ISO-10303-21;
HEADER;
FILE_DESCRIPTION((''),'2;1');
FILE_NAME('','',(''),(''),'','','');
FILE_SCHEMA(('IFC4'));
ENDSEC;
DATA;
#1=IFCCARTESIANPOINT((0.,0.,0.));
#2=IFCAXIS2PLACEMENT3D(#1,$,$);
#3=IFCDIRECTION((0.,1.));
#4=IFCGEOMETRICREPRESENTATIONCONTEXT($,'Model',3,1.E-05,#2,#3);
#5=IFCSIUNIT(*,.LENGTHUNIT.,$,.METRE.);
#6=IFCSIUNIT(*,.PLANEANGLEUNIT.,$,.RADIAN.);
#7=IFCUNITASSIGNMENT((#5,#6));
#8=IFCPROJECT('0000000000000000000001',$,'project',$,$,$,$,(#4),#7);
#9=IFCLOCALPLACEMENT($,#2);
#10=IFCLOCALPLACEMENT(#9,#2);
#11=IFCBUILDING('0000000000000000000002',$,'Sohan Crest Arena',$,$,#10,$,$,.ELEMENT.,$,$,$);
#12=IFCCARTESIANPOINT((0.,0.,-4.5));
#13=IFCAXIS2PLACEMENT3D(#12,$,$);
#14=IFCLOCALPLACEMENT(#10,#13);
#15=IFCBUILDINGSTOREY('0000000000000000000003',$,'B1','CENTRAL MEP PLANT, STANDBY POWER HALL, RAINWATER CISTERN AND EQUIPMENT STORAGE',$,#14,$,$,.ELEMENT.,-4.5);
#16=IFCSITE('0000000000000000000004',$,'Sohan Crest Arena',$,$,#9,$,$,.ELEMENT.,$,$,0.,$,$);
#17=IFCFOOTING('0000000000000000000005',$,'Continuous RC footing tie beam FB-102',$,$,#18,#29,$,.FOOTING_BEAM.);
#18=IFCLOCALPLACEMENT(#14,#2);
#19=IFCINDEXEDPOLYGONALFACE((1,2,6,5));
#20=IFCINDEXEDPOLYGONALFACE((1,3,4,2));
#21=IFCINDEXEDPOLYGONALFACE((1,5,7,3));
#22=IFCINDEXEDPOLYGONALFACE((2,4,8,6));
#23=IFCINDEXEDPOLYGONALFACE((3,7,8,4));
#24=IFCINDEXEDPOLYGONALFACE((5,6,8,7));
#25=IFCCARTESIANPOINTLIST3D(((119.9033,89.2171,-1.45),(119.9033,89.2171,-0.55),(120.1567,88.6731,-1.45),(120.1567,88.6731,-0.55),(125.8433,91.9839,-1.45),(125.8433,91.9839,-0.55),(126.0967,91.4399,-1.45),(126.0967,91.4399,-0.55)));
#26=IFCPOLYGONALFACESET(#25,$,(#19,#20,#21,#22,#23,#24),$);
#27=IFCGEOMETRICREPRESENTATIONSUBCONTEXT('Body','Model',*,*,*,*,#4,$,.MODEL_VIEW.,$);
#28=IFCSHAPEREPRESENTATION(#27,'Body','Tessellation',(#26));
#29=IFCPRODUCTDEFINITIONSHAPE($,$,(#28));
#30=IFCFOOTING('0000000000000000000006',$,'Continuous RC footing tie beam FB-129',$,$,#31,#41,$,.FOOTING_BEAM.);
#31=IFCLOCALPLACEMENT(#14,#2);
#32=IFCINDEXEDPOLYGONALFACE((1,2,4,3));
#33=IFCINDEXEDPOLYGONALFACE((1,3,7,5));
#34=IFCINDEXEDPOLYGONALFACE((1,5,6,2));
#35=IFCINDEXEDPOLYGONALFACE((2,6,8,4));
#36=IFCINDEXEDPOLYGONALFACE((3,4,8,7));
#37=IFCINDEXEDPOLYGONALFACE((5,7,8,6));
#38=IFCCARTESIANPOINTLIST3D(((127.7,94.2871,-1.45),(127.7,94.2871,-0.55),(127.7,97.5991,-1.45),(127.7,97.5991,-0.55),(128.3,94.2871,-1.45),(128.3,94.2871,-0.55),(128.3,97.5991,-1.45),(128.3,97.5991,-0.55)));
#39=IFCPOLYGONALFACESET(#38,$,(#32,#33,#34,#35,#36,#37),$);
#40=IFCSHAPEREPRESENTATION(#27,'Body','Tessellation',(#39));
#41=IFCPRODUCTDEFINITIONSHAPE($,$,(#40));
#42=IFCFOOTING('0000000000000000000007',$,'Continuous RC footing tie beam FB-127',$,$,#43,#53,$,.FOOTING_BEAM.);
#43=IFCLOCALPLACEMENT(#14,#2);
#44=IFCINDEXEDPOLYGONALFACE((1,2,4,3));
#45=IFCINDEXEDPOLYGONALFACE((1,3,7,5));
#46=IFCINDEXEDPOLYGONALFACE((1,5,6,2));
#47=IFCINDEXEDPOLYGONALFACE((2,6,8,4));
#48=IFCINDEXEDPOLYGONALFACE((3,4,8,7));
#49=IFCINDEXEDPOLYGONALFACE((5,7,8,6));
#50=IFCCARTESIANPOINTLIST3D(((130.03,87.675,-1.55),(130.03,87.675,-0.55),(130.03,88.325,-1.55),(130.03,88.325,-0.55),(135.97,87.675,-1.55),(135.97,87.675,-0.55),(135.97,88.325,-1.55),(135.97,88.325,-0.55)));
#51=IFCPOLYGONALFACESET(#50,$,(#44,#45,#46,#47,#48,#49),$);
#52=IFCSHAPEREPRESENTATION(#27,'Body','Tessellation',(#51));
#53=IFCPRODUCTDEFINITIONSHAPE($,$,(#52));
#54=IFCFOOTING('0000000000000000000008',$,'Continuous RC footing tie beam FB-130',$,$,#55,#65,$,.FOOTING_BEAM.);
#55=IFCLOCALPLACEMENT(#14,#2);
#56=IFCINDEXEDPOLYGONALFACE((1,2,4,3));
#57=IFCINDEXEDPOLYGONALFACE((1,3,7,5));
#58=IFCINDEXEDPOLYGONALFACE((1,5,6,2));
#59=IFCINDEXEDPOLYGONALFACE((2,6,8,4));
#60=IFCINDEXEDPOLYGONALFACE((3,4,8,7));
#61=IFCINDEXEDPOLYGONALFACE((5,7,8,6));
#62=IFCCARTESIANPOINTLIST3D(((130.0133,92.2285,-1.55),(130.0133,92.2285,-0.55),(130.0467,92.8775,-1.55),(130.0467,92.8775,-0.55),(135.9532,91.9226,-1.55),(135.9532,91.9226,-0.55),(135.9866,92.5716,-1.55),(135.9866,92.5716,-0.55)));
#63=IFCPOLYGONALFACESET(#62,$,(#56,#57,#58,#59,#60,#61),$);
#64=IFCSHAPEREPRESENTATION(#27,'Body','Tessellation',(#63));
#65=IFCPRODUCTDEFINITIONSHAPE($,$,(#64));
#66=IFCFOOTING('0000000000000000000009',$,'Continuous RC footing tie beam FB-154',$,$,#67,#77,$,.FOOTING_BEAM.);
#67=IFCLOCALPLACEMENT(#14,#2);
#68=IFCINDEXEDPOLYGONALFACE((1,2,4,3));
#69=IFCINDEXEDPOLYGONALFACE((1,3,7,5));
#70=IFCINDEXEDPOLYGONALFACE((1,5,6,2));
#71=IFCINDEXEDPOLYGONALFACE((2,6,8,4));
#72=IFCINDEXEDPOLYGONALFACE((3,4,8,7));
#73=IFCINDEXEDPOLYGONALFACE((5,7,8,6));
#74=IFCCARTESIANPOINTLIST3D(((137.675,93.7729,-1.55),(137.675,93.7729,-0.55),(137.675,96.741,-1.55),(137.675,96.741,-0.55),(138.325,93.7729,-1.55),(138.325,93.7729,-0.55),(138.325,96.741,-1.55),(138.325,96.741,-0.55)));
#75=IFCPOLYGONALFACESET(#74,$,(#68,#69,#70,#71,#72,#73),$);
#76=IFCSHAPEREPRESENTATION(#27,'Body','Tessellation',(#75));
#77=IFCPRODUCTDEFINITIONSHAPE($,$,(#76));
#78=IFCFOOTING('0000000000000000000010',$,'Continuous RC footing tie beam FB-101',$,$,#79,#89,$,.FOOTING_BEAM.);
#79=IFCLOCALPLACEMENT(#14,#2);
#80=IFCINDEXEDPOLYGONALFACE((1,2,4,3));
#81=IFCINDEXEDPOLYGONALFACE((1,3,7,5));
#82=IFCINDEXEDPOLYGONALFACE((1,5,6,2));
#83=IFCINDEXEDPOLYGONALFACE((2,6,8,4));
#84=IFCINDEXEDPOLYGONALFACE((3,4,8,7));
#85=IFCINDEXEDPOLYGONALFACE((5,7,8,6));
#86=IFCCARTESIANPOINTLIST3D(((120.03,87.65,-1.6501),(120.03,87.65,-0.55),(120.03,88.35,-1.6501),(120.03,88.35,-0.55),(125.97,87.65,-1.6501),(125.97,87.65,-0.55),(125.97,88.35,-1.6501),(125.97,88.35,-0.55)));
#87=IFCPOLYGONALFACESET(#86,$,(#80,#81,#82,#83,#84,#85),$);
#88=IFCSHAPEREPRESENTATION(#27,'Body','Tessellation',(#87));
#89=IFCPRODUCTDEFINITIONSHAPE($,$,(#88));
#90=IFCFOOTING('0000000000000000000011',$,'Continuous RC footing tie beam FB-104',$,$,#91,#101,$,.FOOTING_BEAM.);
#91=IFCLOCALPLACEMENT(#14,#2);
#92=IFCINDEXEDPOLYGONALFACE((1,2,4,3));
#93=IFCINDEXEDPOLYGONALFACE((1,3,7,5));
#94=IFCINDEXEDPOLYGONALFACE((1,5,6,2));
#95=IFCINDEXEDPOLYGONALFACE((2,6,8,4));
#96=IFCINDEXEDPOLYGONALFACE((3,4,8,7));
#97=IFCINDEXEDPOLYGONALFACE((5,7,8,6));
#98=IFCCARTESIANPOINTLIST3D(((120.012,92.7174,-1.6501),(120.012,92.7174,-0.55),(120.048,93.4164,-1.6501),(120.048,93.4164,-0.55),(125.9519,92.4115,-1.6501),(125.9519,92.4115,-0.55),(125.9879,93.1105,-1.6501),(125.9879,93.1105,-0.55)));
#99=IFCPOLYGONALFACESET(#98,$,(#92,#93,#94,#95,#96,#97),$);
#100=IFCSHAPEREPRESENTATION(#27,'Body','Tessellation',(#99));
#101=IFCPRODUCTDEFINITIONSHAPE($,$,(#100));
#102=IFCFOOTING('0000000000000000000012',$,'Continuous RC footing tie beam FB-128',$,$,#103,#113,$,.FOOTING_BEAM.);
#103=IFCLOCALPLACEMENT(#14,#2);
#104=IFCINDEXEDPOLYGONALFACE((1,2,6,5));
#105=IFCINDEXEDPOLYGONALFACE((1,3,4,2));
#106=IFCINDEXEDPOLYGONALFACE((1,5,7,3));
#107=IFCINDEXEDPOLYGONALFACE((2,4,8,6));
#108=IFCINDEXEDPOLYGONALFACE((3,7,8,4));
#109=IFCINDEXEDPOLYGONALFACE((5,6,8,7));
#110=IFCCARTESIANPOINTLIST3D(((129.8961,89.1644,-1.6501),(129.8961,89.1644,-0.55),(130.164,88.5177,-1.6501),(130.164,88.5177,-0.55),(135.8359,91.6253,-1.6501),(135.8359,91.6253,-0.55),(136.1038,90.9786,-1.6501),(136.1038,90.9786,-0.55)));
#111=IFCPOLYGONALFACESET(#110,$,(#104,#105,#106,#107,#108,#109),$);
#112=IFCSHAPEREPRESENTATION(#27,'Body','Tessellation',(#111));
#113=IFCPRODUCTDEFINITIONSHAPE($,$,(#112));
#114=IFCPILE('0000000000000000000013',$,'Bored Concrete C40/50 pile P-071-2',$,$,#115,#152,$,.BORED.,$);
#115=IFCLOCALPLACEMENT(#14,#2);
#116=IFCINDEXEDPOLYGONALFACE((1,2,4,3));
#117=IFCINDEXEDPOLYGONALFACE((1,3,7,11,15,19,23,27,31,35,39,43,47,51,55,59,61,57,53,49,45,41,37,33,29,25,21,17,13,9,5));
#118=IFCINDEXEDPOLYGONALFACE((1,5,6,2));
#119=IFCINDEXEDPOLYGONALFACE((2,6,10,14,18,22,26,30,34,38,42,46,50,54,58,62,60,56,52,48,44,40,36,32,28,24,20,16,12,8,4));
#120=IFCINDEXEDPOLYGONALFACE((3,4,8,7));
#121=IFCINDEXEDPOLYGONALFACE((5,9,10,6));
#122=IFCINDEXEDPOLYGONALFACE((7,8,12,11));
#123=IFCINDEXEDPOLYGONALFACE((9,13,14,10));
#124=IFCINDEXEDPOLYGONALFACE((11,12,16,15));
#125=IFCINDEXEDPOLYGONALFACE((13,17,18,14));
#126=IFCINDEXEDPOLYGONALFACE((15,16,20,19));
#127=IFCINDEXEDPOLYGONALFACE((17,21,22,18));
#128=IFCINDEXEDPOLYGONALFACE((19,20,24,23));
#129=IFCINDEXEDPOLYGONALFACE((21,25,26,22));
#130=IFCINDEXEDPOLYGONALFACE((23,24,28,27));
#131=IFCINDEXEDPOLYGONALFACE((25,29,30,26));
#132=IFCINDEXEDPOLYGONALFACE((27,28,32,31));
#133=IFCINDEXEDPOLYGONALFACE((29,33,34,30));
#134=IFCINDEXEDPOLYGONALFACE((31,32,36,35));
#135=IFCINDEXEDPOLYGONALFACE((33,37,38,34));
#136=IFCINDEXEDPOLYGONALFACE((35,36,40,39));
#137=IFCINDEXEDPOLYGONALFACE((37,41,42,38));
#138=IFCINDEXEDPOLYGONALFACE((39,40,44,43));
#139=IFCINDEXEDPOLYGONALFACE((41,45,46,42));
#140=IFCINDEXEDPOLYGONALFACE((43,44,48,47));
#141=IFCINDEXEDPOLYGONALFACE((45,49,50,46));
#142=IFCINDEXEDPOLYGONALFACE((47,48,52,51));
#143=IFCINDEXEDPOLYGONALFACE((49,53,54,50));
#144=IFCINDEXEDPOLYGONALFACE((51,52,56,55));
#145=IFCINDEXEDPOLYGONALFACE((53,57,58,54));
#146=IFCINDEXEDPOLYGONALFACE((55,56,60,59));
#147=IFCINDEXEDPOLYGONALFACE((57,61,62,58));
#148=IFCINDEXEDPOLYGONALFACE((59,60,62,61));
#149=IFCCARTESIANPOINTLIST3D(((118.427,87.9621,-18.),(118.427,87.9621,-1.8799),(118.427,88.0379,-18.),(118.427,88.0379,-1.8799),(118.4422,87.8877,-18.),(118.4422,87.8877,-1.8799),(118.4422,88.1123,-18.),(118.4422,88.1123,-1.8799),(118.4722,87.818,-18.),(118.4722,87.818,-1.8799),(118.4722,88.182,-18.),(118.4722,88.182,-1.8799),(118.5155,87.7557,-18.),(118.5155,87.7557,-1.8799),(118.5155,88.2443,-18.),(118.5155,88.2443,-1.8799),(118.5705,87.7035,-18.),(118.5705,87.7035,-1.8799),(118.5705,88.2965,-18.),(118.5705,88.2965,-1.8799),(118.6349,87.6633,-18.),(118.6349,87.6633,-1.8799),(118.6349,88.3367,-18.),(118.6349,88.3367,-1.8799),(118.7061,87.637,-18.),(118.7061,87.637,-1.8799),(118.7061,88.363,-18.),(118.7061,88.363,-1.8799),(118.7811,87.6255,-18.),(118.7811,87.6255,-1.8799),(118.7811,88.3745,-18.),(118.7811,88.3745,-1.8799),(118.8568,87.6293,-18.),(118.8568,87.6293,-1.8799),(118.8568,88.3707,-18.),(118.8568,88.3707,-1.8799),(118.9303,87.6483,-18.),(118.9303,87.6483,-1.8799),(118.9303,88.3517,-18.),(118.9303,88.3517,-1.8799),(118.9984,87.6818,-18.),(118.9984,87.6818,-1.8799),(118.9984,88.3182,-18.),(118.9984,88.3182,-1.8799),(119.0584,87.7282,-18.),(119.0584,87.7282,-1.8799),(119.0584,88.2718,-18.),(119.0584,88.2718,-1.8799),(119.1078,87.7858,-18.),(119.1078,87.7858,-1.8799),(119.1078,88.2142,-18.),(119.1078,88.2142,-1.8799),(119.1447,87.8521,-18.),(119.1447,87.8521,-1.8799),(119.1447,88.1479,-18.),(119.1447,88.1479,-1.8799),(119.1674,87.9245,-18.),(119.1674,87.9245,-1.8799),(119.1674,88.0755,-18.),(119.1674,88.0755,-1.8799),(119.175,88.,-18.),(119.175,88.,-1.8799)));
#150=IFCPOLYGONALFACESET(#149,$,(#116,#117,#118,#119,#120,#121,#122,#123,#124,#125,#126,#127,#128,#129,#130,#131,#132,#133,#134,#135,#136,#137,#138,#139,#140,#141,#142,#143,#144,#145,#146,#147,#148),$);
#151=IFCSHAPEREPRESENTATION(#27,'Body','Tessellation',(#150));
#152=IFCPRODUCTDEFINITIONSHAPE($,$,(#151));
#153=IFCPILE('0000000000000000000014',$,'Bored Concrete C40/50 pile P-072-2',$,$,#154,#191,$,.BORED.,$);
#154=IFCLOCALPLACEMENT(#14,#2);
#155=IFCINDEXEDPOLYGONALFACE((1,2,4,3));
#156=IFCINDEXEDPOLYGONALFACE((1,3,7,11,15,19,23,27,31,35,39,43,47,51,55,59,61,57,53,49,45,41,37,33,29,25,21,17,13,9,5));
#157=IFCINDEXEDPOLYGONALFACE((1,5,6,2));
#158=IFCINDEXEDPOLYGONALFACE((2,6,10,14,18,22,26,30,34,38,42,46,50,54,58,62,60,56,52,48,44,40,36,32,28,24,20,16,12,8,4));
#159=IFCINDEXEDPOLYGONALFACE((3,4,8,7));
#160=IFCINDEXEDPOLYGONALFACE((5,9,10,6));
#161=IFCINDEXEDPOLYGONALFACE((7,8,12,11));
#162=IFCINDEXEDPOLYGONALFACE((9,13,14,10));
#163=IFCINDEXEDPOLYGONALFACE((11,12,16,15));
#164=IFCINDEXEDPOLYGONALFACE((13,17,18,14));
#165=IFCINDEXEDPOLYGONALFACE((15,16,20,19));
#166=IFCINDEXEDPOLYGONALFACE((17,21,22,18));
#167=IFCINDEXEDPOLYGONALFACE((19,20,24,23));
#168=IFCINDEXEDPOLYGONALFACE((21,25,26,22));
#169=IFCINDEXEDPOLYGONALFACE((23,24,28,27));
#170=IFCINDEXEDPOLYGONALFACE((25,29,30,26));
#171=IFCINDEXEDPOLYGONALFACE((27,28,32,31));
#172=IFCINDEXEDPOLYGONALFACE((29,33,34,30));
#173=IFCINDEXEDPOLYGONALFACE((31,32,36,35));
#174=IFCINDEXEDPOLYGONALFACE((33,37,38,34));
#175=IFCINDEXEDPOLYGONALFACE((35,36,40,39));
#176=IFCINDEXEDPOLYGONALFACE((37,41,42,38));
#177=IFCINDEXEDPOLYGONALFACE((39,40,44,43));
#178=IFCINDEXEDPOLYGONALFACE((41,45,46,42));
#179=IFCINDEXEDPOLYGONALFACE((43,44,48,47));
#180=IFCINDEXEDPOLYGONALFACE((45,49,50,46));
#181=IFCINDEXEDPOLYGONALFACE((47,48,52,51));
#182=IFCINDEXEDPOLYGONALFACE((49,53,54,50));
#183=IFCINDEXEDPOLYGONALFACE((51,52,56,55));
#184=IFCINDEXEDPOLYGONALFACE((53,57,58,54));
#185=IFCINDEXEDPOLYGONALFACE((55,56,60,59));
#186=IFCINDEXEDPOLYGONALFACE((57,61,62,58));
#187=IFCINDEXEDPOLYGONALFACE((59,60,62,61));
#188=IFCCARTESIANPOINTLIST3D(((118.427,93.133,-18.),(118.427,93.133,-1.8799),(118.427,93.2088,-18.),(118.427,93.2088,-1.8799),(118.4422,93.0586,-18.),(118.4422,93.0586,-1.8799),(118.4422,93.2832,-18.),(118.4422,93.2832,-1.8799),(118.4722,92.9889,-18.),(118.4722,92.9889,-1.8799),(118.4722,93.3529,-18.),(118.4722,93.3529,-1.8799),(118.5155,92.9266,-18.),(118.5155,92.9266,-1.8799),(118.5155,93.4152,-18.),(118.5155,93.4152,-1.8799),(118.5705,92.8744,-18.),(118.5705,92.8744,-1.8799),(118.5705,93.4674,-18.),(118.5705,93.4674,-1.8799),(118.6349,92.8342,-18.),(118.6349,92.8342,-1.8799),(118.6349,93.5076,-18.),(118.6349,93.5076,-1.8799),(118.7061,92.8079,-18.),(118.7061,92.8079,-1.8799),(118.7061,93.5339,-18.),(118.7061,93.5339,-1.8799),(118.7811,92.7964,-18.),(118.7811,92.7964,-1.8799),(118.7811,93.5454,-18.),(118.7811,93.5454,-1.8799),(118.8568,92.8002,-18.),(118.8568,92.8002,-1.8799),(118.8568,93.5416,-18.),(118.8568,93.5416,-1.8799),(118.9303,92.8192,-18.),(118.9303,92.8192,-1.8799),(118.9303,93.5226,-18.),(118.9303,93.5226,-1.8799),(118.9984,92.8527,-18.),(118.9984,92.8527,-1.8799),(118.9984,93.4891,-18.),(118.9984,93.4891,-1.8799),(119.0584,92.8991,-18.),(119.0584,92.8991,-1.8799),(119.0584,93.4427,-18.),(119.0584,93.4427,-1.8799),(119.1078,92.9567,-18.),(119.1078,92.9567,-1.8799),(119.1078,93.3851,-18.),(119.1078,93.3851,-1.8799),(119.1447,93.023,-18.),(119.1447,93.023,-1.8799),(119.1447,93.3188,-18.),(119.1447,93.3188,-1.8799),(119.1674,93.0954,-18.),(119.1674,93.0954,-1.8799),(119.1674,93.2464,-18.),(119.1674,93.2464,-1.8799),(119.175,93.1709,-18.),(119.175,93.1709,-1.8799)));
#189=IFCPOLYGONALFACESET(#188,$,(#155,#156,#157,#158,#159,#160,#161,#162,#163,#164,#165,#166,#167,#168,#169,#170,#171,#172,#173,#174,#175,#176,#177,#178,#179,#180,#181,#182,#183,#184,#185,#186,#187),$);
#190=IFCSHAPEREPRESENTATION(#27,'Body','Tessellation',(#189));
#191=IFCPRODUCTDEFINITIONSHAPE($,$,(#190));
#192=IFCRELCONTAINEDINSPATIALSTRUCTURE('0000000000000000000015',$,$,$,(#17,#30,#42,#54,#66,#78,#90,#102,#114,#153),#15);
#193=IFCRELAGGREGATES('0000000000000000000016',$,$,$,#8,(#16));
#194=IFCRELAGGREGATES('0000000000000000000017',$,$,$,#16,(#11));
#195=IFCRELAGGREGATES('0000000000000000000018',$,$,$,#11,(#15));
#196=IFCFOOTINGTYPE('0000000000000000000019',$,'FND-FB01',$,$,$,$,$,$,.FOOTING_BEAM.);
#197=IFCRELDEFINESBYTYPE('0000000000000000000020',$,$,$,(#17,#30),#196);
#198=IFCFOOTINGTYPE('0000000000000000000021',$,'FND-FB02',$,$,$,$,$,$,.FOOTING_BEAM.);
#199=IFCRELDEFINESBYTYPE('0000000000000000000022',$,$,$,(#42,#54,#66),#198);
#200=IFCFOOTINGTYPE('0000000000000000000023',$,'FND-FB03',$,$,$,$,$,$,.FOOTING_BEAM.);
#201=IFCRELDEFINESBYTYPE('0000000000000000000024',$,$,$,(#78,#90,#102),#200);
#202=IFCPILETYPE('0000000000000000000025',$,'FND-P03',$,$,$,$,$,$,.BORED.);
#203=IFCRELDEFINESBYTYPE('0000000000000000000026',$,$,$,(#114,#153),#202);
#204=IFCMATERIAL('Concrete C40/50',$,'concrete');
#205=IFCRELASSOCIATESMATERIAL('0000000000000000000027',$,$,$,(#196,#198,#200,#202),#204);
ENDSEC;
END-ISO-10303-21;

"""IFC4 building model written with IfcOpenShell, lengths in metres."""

from ifc_helpers import new_model, si_unit, direction, frame, origin, origin_2d, place, context, subcontext, project, spatial, rectangle, circle, extrude, material, material_profile, profile_set, type_object, element, save


model = new_model("IFC4")

# Units and contexts
model_context = context("Model", 3, precision=1e-05, world=origin(), true_north=direction((0.0, 1.0)))
body_context = subcontext(model_context, "Body", "Model", "MODEL_VIEW")
ifc_project = project(units=[si_unit("LENGTHUNIT", "METRE"), si_unit("PLANEANGLEUNIT", "RADIAN")], contexts=[model_context])

# Site, building, storey
site_placement = place(None, origin())
site = spatial("IfcSite", under=ifc_project, at=site_placement, Name="Sohan Crest Arena", CompositionType="ELEMENT", RefElevation=0.0)
building_placement = place(site_placement, origin())
building = spatial("IfcBuilding", under=site, at=building_placement, Name="Sohan Crest Arena", CompositionType="ELEMENT")
storey_placement = place(building_placement, frame((0.0, 0.0, -4.5)))
storey = spatial("IfcBuildingStorey", under=building, at=storey_placement, Name="B1", Description="CENTRAL MEP PLANT, STANDBY POWER HALL, RAINWATER CISTERN AND EQUIPMENT STORAGE", CompositionType="ELEMENT", Elevation=-4.5)

# Footings
ifc_material = material(Name="Concrete C40/50", Category="concrete")
ifc_material_profile_1 = material_profile(ifc_material, rectangle(XDim=0.6001, YDim=0.8999, at=origin_2d()), Name="RC-FB 600x900")
ifc_profile_set_1 = profile_set([ifc_material_profile_1], Name="Concrete C40/50")
footing_type_1 = type_object("IfcFootingType", Name="FND-FB01", PredefinedType="FOOTING_BEAM", material=ifc_profile_set_1)
footing_1_placement = place(storey_placement, frame((120.03, 88.9451, -1.0), z_axis=(0.906483, 0.422243, 0.0), x_axis=(-0.422243, 0.906483, 0.0)))
element("IfcFooting", 1, at=footing_1_placement, inside=storey, type_object=footing_type_1, Name="Continuous RC footing tie beam FB-102", PredefinedType="FOOTING_BEAM", context=body_context, shape_type="SweptSolid", body=[
    extrude(rectangle(XDim=0.6001, YDim=0.8999, at=origin_2d()), origin(), (0.0, 0.0, 1.0), 6.5527),
])
footing_2_placement = place(storey_placement, frame((128.0, 94.2871, -1.0), z_axis=(0.0, 1.0, 0.0), x_axis=(-1.0, 0.0, 0.0)))
element("IfcFooting", 2, at=footing_2_placement, inside=storey, type_object=footing_type_1, Name="Continuous RC footing tie beam FB-129", PredefinedType="FOOTING_BEAM", context=body_context, shape_type="SweptSolid", body=[
    extrude(rectangle(XDim=0.6001, YDim=0.8999, at=origin_2d()), origin(), (0.0, 0.0, 1.0), 3.312),
])
ifc_material_profile_2 = material_profile(ifc_material, rectangle(XDim=0.6499, YDim=1.0, at=origin_2d()), Name="RC-FB 650x1000")
ifc_profile_set_2 = profile_set([ifc_material_profile_2], Name="Concrete C40/50")
footing_type_2 = type_object("IfcFootingType", Name="FND-FB02", PredefinedType="FOOTING_BEAM", material=ifc_profile_set_2)
footing_3_placement = place(storey_placement, frame((130.03, 88.0, -1.05), z_axis=(1.0, 0.0, 0.0), x_axis=(0.0, 1.0, 0.0)))
element("IfcFooting", 3, at=footing_3_placement, inside=storey, type_object=footing_type_2, Name="Continuous RC footing tie beam FB-127", PredefinedType="FOOTING_BEAM", context=body_context, shape_type="SweptSolid", body=[
    extrude(rectangle(XDim=0.6499, YDim=1.0, at=origin_2d()), origin(), (0.0, 0.0, 1.0), 5.9399),
])
footing_4_placement = place(storey_placement, frame((130.03, 92.553, -1.05), z_axis=(0.998676, -0.051432, 0.0), x_axis=(0.051432, 0.998676, 0.0)))
element("IfcFooting", 4, at=footing_4_placement, inside=storey, type_object=footing_type_2, Name="Continuous RC footing tie beam FB-130", PredefinedType="FOOTING_BEAM", context=body_context, shape_type="SweptSolid", body=[
    extrude(rectangle(XDim=0.6499, YDim=1.0, at=origin_2d()), origin(), (0.0, 0.0, 1.0), 5.9478),
])
footing_5_placement = place(storey_placement, frame((138.0, 93.7729, -1.05), z_axis=(0.0, 1.0, 0.0), x_axis=(-1.0, 0.0, 0.0)))
element("IfcFooting", 5, at=footing_5_placement, inside=storey, type_object=footing_type_2, Name="Continuous RC footing tie beam FB-154", PredefinedType="FOOTING_BEAM", context=body_context, shape_type="SweptSolid", body=[
    extrude(rectangle(XDim=0.6499, YDim=1.0, at=origin_2d()), origin(), (0.0, 0.0, 1.0), 2.968),
])
ifc_material_profile_3 = material_profile(ifc_material, rectangle(XDim=0.7, YDim=1.1001, at=origin_2d()), Name="RC-FB 700x1100")
ifc_profile_set_3 = profile_set([ifc_material_profile_3], Name="Concrete C40/50")
footing_type_3 = type_object("IfcFootingType", Name="FND-FB03", PredefinedType="FOOTING_BEAM", material=ifc_profile_set_3)
footing_6_placement = place(storey_placement, frame((120.03, 88.0, -1.1001), z_axis=(1.0, 0.0, 0.0), x_axis=(0.0, 1.0, 0.0)))
element("IfcFooting", 6, at=footing_6_placement, inside=storey, type_object=footing_type_3, Name="Continuous RC footing tie beam FB-101", PredefinedType="FOOTING_BEAM", context=body_context, shape_type="SweptSolid", body=[
    extrude(rectangle(XDim=0.7, YDim=1.1001, at=origin_2d()), origin(), (0.0, 0.0, 1.0), 5.9399),
])
footing_7_placement = place(storey_placement, frame((120.03, 93.0669, -1.1001), z_axis=(0.998676, -0.051432, 0.0), x_axis=(0.051432, 0.998676, 0.0)))
element("IfcFooting", 7, at=footing_7_placement, inside=storey, type_object=footing_type_3, Name="Continuous RC footing tie beam FB-104", PredefinedType="FOOTING_BEAM", context=body_context, shape_type="SweptSolid", body=[
    extrude(rectangle(XDim=0.7, YDim=1.1001, at=origin_2d()), origin(), (0.0, 0.0, 1.0), 5.9478),
])
footing_8_placement = place(storey_placement, frame((130.03, 88.8411, -1.1001), z_axis=(0.92385, 0.382754, 0.0), x_axis=(-0.382754, 0.92385, 0.0)))
element("IfcFooting", 8, at=footing_8_placement, inside=storey, type_object=footing_type_3, Name="Continuous RC footing tie beam FB-128", PredefinedType="FOOTING_BEAM", context=body_context, shape_type="SweptSolid", body=[
    extrude(rectangle(XDim=0.7, YDim=1.1001, at=origin_2d()), origin(), (0.0, 0.0, 1.0), 6.4294),
])

# Piles
ifc_material_profile_4 = material_profile(ifc_material, circle(Radius=0.375, at=origin_2d()), Name="PILE D750")
ifc_profile_set_4 = profile_set([ifc_material_profile_4], Name="Concrete C40/50")
pile_type = type_object("IfcPileType", Name="FND-P03", PredefinedType="BORED", material=ifc_profile_set_4)
for number, where, z_axis, x_axis, name in (
    (9, (118.8, 88.0, -18.0), (0.0, 0.0, 1.0), (1.0, 0.0, 0.0), "Bored Concrete C40/50 pile P-071-2"),
    (10, (118.8, 93.1709, -18.0), (0.0, 0.0, 1.0), (1.0, 0.0, 0.0), "Bored Concrete C40/50 pile P-072-2"),
):
    element("IfcPile", number, at=place(storey_placement, frame(where, z_axis=z_axis, x_axis=x_axis)), inside=storey, type_object=pile_type, Name=name, PredefinedType="BORED", context=body_context, shape_type="SweptSolid", body=[
        extrude(circle(Radius=0.375, at=origin_2d()), origin(), (0.0, 0.0, 1.0), 16.1201),
    ])

save(model, "model.ifc")
